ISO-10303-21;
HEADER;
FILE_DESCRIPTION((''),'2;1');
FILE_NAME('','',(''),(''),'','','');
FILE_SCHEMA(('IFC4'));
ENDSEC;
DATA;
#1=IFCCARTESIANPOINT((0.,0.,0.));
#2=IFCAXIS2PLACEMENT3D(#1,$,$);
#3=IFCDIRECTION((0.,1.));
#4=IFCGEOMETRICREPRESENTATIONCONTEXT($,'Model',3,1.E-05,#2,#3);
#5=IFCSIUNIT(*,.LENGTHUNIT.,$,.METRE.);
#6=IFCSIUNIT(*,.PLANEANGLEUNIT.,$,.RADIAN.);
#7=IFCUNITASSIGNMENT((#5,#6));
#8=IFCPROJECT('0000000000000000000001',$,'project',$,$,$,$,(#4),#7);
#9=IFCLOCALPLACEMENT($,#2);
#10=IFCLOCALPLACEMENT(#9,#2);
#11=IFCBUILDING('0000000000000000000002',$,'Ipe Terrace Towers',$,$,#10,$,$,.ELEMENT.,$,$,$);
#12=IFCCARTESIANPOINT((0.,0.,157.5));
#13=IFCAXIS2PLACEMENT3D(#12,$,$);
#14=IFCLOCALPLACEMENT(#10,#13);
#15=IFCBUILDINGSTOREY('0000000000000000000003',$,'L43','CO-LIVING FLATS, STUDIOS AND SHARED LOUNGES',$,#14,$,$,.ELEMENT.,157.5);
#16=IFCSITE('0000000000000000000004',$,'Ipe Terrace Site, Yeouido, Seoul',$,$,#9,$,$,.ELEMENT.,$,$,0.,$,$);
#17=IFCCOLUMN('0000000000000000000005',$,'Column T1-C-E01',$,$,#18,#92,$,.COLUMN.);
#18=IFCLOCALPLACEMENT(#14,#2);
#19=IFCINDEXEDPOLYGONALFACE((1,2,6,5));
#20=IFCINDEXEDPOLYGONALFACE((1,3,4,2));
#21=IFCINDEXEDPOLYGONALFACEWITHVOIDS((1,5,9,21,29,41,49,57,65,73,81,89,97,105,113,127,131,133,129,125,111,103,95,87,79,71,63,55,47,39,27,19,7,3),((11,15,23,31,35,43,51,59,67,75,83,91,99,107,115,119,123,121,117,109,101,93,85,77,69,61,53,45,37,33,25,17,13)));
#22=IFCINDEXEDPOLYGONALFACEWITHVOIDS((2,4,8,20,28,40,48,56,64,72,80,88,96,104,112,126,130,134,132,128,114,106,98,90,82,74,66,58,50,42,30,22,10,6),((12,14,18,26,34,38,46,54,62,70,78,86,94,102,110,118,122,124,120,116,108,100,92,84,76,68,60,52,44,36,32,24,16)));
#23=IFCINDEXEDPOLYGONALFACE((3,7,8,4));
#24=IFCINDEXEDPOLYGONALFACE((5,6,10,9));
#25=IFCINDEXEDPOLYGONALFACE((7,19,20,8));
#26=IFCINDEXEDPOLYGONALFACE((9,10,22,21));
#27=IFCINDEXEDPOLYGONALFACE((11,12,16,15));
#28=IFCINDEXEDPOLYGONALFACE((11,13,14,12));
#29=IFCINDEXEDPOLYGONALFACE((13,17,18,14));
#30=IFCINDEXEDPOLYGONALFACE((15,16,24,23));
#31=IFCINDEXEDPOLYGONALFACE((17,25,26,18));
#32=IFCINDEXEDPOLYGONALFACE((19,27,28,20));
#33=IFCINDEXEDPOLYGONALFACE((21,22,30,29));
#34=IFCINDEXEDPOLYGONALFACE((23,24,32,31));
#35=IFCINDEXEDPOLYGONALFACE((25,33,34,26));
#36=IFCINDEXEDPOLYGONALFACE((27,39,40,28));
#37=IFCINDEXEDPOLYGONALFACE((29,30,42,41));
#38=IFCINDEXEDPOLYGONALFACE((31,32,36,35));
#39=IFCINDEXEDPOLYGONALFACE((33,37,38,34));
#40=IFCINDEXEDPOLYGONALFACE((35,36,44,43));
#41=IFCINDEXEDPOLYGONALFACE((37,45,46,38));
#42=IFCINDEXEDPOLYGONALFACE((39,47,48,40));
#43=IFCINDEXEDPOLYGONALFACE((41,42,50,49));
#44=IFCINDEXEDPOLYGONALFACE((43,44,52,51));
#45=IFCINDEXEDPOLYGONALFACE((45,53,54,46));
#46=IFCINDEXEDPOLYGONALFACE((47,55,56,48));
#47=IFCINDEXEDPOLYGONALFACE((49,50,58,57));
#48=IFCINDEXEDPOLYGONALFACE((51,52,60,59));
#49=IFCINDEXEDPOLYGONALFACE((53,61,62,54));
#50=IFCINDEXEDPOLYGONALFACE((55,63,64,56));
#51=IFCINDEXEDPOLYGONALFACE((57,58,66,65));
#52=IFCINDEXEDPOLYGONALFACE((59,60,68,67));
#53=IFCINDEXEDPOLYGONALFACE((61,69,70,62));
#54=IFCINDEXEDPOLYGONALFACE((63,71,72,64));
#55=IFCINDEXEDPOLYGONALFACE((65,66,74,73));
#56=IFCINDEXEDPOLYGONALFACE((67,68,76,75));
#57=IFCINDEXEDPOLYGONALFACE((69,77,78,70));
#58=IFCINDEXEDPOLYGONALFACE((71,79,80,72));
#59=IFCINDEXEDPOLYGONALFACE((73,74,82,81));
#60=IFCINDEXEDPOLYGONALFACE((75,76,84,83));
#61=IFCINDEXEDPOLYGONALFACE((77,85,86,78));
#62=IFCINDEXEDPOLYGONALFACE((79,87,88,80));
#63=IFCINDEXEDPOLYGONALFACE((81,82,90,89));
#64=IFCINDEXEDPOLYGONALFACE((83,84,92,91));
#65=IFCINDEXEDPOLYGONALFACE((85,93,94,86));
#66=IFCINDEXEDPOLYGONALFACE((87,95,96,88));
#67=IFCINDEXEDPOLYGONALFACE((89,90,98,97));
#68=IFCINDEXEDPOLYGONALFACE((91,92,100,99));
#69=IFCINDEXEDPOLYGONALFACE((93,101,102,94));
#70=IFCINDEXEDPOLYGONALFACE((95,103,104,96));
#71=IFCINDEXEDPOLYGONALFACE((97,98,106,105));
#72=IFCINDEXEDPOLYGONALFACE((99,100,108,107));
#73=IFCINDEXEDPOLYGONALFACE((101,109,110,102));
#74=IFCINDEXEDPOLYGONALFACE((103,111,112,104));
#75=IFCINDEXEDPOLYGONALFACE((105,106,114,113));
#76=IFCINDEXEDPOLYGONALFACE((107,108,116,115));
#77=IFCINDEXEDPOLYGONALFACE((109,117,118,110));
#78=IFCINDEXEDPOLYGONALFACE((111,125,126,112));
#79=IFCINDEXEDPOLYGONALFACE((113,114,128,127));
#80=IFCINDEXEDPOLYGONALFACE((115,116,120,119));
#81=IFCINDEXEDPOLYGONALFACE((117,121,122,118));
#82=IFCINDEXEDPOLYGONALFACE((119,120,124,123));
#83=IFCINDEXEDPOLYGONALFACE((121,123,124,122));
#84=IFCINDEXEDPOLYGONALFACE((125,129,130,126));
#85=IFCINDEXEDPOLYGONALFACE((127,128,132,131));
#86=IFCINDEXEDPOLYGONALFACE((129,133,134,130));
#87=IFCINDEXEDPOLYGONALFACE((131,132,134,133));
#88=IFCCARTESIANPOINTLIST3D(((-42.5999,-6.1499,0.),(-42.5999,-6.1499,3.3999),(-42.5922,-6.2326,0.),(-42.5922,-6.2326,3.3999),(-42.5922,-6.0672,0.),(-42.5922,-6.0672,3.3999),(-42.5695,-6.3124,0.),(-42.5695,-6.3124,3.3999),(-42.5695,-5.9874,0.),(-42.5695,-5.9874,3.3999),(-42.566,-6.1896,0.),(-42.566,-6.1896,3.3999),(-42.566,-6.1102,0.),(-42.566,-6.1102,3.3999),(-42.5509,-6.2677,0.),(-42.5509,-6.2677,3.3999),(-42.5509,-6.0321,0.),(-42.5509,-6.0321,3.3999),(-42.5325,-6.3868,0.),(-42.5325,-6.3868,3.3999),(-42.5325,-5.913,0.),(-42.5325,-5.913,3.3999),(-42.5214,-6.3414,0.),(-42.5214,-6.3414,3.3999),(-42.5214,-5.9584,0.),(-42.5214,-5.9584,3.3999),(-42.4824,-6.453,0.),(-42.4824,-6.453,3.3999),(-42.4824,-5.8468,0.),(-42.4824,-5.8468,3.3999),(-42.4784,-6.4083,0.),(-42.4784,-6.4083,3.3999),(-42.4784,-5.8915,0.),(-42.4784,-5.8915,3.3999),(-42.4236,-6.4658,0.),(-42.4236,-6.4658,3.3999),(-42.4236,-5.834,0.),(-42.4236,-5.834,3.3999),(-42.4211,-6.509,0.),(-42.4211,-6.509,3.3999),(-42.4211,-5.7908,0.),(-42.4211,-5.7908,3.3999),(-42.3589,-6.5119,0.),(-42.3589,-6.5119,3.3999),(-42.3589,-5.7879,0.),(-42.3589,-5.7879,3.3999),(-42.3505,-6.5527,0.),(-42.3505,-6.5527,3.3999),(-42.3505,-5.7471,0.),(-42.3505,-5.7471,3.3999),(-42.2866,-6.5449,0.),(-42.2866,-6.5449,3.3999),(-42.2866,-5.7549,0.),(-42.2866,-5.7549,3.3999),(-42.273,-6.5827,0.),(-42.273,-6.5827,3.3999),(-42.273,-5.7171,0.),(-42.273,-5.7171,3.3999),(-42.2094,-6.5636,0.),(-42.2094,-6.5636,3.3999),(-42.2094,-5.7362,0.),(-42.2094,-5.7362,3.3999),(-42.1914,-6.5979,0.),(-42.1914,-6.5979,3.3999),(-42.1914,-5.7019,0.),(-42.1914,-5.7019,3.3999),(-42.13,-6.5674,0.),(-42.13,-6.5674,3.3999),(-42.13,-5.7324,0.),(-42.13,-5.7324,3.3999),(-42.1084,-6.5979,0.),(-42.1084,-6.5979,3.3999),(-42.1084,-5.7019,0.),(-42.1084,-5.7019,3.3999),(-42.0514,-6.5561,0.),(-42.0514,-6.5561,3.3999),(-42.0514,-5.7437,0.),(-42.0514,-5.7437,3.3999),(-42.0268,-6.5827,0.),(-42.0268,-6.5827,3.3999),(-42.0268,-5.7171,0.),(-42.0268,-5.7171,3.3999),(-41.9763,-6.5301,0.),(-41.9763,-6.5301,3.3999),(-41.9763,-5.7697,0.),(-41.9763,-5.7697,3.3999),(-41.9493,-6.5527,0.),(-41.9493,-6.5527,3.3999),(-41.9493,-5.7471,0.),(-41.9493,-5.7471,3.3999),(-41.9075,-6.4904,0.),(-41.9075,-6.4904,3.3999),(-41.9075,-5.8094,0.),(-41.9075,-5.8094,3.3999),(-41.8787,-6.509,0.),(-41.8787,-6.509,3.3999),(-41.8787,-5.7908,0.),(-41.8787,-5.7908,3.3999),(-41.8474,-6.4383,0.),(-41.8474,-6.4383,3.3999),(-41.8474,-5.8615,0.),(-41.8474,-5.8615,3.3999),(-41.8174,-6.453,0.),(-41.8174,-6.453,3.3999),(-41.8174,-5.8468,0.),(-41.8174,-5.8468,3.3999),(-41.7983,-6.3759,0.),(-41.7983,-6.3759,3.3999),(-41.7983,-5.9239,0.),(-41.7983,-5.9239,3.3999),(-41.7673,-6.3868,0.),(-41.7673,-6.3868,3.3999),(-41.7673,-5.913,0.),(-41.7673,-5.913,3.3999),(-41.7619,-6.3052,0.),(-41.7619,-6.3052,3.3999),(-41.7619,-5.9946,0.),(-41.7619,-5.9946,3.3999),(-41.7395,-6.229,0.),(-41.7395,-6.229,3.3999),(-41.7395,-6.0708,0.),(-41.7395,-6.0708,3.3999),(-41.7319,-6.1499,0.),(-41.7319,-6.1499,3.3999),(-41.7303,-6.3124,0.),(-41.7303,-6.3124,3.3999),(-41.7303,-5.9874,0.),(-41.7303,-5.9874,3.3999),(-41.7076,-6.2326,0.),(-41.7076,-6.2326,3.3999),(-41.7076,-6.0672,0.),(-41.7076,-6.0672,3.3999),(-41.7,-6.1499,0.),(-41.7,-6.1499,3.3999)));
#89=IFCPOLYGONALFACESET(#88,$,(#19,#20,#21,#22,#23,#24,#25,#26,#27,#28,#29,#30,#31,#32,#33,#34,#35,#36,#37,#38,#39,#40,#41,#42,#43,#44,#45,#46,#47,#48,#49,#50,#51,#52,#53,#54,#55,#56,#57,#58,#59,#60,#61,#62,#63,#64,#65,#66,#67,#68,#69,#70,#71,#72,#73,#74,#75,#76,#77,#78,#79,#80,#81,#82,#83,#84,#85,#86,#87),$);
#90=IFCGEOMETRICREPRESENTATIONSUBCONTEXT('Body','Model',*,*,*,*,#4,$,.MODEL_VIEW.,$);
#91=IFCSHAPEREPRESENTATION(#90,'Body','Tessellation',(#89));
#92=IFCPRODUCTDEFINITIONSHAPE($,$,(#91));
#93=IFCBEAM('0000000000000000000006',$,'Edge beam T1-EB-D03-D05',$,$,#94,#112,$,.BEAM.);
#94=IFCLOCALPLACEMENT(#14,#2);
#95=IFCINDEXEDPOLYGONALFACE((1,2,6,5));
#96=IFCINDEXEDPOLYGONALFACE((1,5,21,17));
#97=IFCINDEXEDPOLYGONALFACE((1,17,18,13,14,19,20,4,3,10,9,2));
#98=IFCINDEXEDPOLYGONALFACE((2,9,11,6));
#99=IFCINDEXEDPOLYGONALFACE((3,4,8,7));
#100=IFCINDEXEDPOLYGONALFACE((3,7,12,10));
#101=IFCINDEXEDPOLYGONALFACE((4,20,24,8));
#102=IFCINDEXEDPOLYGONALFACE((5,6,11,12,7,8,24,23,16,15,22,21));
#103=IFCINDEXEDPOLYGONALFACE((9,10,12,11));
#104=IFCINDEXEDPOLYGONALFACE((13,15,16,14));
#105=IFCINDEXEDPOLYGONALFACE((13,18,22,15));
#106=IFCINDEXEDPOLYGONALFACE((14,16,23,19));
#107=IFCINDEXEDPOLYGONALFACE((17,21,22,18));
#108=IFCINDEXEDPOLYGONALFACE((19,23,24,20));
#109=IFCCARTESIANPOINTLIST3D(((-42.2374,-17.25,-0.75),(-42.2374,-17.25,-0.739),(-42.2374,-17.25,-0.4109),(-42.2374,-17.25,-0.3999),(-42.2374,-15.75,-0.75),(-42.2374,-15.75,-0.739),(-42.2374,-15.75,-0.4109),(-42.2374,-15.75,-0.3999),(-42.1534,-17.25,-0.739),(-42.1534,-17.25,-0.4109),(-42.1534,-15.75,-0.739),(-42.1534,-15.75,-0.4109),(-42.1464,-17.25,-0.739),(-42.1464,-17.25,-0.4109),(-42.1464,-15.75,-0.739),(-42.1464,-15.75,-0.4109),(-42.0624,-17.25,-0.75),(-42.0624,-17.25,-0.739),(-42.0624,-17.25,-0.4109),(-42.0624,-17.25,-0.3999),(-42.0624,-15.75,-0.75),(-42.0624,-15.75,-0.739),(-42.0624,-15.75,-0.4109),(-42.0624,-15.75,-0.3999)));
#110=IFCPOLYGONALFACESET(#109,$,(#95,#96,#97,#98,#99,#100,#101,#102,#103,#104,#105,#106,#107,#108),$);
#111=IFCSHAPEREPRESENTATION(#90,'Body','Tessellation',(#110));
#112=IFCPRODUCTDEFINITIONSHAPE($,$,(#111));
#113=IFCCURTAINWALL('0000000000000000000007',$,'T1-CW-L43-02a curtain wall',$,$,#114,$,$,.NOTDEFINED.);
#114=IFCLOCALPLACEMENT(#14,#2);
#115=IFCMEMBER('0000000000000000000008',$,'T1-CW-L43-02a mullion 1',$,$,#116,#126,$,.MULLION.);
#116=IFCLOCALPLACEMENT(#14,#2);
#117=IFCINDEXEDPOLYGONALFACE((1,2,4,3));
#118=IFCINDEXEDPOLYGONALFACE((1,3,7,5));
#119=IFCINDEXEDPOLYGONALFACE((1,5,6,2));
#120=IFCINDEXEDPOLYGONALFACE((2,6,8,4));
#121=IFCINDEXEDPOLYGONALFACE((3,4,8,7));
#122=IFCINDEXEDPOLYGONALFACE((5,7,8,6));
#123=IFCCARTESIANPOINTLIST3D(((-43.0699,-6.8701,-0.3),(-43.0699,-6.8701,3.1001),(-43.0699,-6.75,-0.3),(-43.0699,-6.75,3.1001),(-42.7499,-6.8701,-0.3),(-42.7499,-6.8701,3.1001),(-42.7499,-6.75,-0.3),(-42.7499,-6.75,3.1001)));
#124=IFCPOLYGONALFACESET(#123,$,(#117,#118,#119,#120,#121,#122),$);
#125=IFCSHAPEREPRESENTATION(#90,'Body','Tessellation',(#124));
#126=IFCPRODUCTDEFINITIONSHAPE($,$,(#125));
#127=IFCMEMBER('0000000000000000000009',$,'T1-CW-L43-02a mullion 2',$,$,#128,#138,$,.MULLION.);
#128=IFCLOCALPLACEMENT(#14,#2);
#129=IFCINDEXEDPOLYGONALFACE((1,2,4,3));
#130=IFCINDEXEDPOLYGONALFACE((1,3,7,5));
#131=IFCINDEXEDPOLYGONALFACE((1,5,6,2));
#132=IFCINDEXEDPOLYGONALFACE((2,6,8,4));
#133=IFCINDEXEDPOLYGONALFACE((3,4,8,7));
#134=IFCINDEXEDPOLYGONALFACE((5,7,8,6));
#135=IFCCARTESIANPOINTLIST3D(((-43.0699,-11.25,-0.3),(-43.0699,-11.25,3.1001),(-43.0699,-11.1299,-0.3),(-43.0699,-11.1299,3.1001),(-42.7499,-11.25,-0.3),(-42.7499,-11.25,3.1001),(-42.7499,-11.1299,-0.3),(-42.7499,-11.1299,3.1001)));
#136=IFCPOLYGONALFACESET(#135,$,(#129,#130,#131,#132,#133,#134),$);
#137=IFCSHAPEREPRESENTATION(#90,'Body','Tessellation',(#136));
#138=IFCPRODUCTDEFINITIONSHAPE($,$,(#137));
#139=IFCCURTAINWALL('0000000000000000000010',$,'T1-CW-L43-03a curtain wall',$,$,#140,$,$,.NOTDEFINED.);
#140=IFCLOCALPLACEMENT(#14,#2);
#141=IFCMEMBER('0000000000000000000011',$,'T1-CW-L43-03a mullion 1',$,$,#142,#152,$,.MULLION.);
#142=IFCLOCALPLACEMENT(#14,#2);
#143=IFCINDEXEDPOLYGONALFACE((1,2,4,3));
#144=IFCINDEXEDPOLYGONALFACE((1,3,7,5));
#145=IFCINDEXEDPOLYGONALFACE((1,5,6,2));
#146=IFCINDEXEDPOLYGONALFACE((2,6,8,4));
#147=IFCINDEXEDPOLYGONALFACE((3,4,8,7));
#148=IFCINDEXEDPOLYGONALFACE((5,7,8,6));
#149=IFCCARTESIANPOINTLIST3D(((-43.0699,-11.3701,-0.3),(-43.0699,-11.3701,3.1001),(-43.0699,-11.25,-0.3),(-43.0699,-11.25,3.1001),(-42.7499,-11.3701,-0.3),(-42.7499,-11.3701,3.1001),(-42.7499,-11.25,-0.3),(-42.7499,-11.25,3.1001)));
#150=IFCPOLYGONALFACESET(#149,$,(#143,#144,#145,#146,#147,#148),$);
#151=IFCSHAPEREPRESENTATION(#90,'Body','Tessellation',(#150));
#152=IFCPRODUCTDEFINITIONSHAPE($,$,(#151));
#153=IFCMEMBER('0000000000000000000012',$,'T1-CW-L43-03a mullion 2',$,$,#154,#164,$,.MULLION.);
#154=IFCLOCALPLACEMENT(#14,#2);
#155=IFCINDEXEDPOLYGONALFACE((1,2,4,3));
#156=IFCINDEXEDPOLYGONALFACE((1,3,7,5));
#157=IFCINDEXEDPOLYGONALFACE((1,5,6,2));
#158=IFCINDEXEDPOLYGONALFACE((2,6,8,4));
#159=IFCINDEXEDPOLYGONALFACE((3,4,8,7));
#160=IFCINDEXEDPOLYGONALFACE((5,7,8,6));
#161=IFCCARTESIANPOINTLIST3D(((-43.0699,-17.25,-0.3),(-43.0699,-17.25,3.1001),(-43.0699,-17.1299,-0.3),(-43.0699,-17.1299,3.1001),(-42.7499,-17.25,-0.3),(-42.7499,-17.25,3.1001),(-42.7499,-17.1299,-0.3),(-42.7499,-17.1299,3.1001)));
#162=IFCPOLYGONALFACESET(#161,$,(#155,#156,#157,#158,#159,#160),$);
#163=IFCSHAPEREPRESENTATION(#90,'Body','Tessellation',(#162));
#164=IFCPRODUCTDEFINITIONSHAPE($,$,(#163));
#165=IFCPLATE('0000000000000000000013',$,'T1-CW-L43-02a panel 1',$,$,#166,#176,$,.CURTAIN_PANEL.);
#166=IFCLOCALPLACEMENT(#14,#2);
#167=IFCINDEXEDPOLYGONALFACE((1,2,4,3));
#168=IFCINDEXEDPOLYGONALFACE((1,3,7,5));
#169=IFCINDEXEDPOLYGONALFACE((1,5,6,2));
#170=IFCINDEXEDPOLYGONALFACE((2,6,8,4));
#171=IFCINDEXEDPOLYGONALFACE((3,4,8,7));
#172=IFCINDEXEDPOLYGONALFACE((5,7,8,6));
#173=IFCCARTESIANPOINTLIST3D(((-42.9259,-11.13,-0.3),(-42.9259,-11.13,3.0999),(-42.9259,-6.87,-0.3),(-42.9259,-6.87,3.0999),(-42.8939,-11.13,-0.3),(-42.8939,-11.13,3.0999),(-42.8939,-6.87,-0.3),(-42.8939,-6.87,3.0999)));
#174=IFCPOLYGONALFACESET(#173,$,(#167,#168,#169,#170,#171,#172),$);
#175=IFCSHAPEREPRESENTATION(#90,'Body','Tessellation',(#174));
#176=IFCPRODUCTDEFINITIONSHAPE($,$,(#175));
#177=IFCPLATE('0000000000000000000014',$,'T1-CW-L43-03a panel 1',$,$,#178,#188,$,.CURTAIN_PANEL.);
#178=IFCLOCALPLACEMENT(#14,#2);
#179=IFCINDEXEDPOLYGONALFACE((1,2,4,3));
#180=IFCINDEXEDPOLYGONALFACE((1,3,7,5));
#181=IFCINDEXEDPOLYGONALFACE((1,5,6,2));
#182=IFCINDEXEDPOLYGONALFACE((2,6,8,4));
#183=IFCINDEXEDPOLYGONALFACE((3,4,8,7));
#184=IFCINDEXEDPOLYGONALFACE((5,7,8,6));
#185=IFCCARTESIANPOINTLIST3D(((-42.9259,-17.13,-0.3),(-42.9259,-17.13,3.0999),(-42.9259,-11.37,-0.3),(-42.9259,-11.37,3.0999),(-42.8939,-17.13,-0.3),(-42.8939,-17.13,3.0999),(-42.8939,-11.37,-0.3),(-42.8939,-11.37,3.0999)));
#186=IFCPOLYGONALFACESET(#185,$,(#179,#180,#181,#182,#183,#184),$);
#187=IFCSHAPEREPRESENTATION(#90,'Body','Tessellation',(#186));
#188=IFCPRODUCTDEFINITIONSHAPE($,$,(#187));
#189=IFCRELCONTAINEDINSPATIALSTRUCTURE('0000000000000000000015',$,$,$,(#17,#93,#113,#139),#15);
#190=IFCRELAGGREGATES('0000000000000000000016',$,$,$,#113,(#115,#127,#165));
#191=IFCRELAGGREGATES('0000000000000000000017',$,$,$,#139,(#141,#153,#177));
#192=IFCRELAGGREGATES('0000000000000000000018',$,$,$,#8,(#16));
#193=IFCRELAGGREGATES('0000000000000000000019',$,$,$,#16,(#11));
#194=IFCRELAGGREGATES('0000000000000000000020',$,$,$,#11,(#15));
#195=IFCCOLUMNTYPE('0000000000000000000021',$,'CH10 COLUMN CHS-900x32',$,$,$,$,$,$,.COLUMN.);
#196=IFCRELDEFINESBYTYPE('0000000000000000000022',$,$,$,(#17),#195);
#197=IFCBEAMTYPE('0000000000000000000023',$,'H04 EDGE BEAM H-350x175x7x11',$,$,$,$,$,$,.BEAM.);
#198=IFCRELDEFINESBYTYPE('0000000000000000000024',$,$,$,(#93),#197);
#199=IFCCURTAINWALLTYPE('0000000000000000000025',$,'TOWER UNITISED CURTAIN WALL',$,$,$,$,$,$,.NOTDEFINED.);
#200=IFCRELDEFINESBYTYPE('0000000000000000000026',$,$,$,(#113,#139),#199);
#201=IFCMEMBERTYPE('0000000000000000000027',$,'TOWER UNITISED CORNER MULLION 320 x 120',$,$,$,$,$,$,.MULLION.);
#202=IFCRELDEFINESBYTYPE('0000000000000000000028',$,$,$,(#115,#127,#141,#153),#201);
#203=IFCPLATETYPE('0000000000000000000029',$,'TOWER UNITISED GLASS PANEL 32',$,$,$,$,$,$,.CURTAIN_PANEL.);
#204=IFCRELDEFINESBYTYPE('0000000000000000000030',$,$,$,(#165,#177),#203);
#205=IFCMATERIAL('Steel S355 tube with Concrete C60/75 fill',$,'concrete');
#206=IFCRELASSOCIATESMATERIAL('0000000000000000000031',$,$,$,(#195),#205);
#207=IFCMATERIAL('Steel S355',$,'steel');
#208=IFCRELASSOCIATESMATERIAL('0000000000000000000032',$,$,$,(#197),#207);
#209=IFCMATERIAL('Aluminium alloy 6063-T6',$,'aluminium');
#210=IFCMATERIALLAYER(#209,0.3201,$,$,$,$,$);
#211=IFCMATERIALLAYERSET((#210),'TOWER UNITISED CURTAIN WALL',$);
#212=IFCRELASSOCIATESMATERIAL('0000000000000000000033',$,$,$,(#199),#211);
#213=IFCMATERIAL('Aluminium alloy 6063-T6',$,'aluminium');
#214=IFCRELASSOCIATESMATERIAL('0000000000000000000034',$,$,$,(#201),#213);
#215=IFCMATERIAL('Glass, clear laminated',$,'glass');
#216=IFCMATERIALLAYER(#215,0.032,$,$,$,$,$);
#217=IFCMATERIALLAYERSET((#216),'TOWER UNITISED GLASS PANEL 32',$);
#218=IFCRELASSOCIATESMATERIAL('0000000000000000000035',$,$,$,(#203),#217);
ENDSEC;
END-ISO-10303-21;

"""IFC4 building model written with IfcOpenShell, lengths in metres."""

from ifc_helpers import new_model, si_unit, direction, frame, origin, origin_2d, place, context, subcontext, project, spatial, rectangle, hollow_circle, i_section, extrude, material, layer, layer_set, material_profile, profile_set, type_object, element, aggregate, save


model = new_model("IFC4")

# Units and contexts
model_context = context("Model", 3, precision=1e-05, world=origin(), true_north=direction((0.0, 1.0)))
body_context = subcontext(model_context, "Body", "Model", "MODEL_VIEW")
ifc_project = project(units=[si_unit("LENGTHUNIT", "METRE"), si_unit("PLANEANGLEUNIT", "RADIAN")], contexts=[model_context])

# Site, building, storey
site_placement = place(None, origin())
site = spatial("IfcSite", under=ifc_project, at=site_placement, Name="Ipe Terrace Site, Yeouido, Seoul", CompositionType="ELEMENT", RefElevation=0.0)
building_placement = place(site_placement, origin())
building = spatial("IfcBuilding", under=site, at=building_placement, Name="Ipe Terrace Towers", CompositionType="ELEMENT")
storey_placement = place(building_placement, frame((0.0, 0.0, 157.5)))
storey = spatial("IfcBuildingStorey", under=building, at=storey_placement, Name="L43", Description="CO-LIVING FLATS, STUDIOS AND SHARED LOUNGES", CompositionType="ELEMENT", Elevation=157.5)

# Column
ifc_material_1 = material(Name="Steel S355 tube with Concrete C60/75 fill", Category="concrete")
ifc_material_profile_1 = material_profile(ifc_material_1, hollow_circle(Radius=0.45, WallThickness=0.032, at=origin_2d()), Name="CHS-900x32")
ifc_profile_set_1 = profile_set([ifc_material_profile_1], Name="Steel S355 tube with Concrete C60/75 fill")
column_type_1 = type_object("IfcColumnType", Name="CH10 COLUMN CHS-900x32", PredefinedType="COLUMN", material=ifc_profile_set_1)
column_placement = place(storey_placement, frame((-42.1499, -6.1499, 0.0), z_axis=(0.0, 0.0, 1.0), x_axis=(1.0, 0.0, 0.0)))
element("IfcColumn", 1, at=column_placement, inside=storey, type_object=column_type_1, Name="Column T1-C-E01", PredefinedType="COLUMN", context=body_context, shape_type="SweptSolid", body=[
    extrude(hollow_circle(Radius=0.45, WallThickness=0.032, at=origin_2d()), origin(), (0.0, 0.0, 1.0), 3.3999),
])

# Beam
ifc_material_2 = material(Name="Steel S355", Category="steel")
ifc_material_profile_2 = material_profile(ifc_material_2, i_section(OverallWidth=0.175, OverallDepth=0.3501, WebThickness=0.0071, FlangeThickness=0.011, at=origin_2d()), Name="H-350x175x7x11")
ifc_profile_set_2 = profile_set([ifc_material_profile_2], Name="Steel S355")
beam_type = type_object("IfcBeamType", Name="H04 EDGE BEAM H-350x175x7x11", PredefinedType="BEAM", material=ifc_profile_set_2)
beam_placement = place(storey_placement, frame((-42.1499, -15.75, -0.575), z_axis=(0.0, -1.0, 0.0), x_axis=(1.0, 0.0, 0.0)))
element("IfcBeam", 2, at=beam_placement, inside=storey, type_object=beam_type, Name="Edge beam T1-EB-D03-D05", PredefinedType="BEAM", context=body_context, shape_type="SweptSolid", body=[
    extrude(i_section(OverallWidth=0.175, OverallDepth=0.3501, WebThickness=0.0071, FlangeThickness=0.011, at=origin_2d()), origin(), (0.0, 0.0, 1.0), 1.5),
])

# Curtain walls, members
ifc_material_3 = material(Name="Aluminium alloy 6063-T6", Category="aluminium")
ifc_layer_1 = layer(ifc_material_3, 0.3201)
ifc_layer_set_1 = layer_set([ifc_layer_1], Name="TOWER UNITISED CURTAIN WALL")
curtain_wall_type = type_object("IfcCurtainWallType", Name="TOWER UNITISED CURTAIN WALL", PredefinedType="NOTDEFINED", material=ifc_layer_set_1)
curtain_wall_1_placement = place(storey_placement, origin())
curtain_wall_1 = element("IfcCurtainWall", 3, at=curtain_wall_1_placement, inside=storey, type_object=curtain_wall_type, Name="T1-CW-L43-02a curtain wall", PredefinedType="NOTDEFINED")
ifc_material_4 = material(Name="Aluminium alloy 6063-T6", Category="aluminium")
ifc_material_profile_3 = material_profile(ifc_material_4, rectangle(XDim=0.3201, YDim=0.1201, at=origin_2d()), Name="TOWER UNITISED CORNER MULLION 320 x 120")
ifc_profile_set_3 = profile_set([ifc_material_profile_3], Name="Aluminium alloy 6063-T6")
member_type = type_object("IfcMemberType", Name="TOWER UNITISED CORNER MULLION 320 x 120", PredefinedType="MULLION", material=ifc_profile_set_3)
member_1_placement = place(storey_placement, frame((-42.9099, -6.8101, -0.3), z_axis=(0.0, 0.0, 1.0), x_axis=(-1.0, 0.0, 0.0)))
member_1 = element("IfcMember", 4, at=member_1_placement, type_object=member_type, Name="T1-CW-L43-02a mullion 1", PredefinedType="MULLION", context=body_context, shape_type="SweptSolid", body=[
    extrude(rectangle(XDim=0.3201, YDim=0.1201, at=origin_2d()), origin(), (0.0, 0.0, 1.0), 3.4001),
])
member_2_placement = place(storey_placement, frame((-42.9099, -11.1899, -0.3), z_axis=(0.0, 0.0, 1.0), x_axis=(-1.0, 0.0, 0.0)))
member_2 = element("IfcMember", 5, at=member_2_placement, type_object=member_type, Name="T1-CW-L43-02a mullion 2", PredefinedType="MULLION", context=body_context, shape_type="SweptSolid", body=[
    extrude(rectangle(XDim=0.3201, YDim=0.1201, at=origin_2d()), origin(), (0.0, 0.0, 1.0), 3.4001),
])
curtain_wall_2_placement = place(storey_placement, origin())
curtain_wall_2 = element("IfcCurtainWall", 6, at=curtain_wall_2_placement, inside=storey, type_object=curtain_wall_type, Name="T1-CW-L43-03a curtain wall", PredefinedType="NOTDEFINED")
member_3_placement = place(storey_placement, frame((-42.9099, -11.3101, -0.3), z_axis=(0.0, 0.0, 1.0), x_axis=(-1.0, 0.0, 0.0)))
member_3 = element("IfcMember", 7, at=member_3_placement, type_object=member_type, Name="T1-CW-L43-03a mullion 1", PredefinedType="MULLION", context=body_context, shape_type="SweptSolid", body=[
    extrude(rectangle(XDim=0.3201, YDim=0.1201, at=origin_2d()), origin(), (0.0, 0.0, 1.0), 3.4001),
])
member_4_placement = place(storey_placement, frame((-42.9099, -17.1899, -0.3), z_axis=(0.0, 0.0, 1.0), x_axis=(-1.0, 0.0, 0.0)))
member_4 = element("IfcMember", 8, at=member_4_placement, type_object=member_type, Name="T1-CW-L43-03a mullion 2", PredefinedType="MULLION", context=body_context, shape_type="SweptSolid", body=[
    extrude(rectangle(XDim=0.3201, YDim=0.1201, at=origin_2d()), origin(), (0.0, 0.0, 1.0), 3.4001),
])

# Plates
ifc_material_5 = material(Name="Glass, clear laminated", Category="glass")
ifc_layer_2 = layer(ifc_material_5, 0.032)
ifc_layer_set_2 = layer_set([ifc_layer_2], Name="TOWER UNITISED GLASS PANEL 32")
plate_type = type_object("IfcPlateType", Name="TOWER UNITISED GLASS PANEL 32", PredefinedType="CURTAIN_PANEL", material=ifc_layer_set_2)
plate_1_placement = place(storey_placement, frame((-42.9099, -9.0, -0.3), z_axis=(0.0, 0.0, 1.0), x_axis=(0.0, -1.0, 0.0)))
plate_1 = element("IfcPlate", 9, at=plate_1_placement, type_object=plate_type, Name="T1-CW-L43-02a panel 1", PredefinedType="CURTAIN_PANEL", context=body_context, shape_type="SweptSolid", body=[
    extrude(rectangle(XDim=4.26, YDim=0.032, at=origin_2d()), origin(), (0.0, 0.0, 1.0), 3.3999),
])
aggregate(curtain_wall_1, [member_1, member_2, plate_1])
plate_2_placement = place(storey_placement, frame((-42.9099, -14.25, -0.3), z_axis=(0.0, 0.0, 1.0), x_axis=(0.0, -1.0, 0.0)))
plate_2 = element("IfcPlate", 10, at=plate_2_placement, type_object=plate_type, Name="T1-CW-L43-03a panel 1", PredefinedType="CURTAIN_PANEL", context=body_context, shape_type="SweptSolid", body=[
    extrude(rectangle(XDim=5.76, YDim=0.032, at=origin_2d()), origin(), (0.0, 0.0, 1.0), 3.3999),
])
aggregate(curtain_wall_2, [member_3, member_4, plate_2])

save(model, "model.ifc")
